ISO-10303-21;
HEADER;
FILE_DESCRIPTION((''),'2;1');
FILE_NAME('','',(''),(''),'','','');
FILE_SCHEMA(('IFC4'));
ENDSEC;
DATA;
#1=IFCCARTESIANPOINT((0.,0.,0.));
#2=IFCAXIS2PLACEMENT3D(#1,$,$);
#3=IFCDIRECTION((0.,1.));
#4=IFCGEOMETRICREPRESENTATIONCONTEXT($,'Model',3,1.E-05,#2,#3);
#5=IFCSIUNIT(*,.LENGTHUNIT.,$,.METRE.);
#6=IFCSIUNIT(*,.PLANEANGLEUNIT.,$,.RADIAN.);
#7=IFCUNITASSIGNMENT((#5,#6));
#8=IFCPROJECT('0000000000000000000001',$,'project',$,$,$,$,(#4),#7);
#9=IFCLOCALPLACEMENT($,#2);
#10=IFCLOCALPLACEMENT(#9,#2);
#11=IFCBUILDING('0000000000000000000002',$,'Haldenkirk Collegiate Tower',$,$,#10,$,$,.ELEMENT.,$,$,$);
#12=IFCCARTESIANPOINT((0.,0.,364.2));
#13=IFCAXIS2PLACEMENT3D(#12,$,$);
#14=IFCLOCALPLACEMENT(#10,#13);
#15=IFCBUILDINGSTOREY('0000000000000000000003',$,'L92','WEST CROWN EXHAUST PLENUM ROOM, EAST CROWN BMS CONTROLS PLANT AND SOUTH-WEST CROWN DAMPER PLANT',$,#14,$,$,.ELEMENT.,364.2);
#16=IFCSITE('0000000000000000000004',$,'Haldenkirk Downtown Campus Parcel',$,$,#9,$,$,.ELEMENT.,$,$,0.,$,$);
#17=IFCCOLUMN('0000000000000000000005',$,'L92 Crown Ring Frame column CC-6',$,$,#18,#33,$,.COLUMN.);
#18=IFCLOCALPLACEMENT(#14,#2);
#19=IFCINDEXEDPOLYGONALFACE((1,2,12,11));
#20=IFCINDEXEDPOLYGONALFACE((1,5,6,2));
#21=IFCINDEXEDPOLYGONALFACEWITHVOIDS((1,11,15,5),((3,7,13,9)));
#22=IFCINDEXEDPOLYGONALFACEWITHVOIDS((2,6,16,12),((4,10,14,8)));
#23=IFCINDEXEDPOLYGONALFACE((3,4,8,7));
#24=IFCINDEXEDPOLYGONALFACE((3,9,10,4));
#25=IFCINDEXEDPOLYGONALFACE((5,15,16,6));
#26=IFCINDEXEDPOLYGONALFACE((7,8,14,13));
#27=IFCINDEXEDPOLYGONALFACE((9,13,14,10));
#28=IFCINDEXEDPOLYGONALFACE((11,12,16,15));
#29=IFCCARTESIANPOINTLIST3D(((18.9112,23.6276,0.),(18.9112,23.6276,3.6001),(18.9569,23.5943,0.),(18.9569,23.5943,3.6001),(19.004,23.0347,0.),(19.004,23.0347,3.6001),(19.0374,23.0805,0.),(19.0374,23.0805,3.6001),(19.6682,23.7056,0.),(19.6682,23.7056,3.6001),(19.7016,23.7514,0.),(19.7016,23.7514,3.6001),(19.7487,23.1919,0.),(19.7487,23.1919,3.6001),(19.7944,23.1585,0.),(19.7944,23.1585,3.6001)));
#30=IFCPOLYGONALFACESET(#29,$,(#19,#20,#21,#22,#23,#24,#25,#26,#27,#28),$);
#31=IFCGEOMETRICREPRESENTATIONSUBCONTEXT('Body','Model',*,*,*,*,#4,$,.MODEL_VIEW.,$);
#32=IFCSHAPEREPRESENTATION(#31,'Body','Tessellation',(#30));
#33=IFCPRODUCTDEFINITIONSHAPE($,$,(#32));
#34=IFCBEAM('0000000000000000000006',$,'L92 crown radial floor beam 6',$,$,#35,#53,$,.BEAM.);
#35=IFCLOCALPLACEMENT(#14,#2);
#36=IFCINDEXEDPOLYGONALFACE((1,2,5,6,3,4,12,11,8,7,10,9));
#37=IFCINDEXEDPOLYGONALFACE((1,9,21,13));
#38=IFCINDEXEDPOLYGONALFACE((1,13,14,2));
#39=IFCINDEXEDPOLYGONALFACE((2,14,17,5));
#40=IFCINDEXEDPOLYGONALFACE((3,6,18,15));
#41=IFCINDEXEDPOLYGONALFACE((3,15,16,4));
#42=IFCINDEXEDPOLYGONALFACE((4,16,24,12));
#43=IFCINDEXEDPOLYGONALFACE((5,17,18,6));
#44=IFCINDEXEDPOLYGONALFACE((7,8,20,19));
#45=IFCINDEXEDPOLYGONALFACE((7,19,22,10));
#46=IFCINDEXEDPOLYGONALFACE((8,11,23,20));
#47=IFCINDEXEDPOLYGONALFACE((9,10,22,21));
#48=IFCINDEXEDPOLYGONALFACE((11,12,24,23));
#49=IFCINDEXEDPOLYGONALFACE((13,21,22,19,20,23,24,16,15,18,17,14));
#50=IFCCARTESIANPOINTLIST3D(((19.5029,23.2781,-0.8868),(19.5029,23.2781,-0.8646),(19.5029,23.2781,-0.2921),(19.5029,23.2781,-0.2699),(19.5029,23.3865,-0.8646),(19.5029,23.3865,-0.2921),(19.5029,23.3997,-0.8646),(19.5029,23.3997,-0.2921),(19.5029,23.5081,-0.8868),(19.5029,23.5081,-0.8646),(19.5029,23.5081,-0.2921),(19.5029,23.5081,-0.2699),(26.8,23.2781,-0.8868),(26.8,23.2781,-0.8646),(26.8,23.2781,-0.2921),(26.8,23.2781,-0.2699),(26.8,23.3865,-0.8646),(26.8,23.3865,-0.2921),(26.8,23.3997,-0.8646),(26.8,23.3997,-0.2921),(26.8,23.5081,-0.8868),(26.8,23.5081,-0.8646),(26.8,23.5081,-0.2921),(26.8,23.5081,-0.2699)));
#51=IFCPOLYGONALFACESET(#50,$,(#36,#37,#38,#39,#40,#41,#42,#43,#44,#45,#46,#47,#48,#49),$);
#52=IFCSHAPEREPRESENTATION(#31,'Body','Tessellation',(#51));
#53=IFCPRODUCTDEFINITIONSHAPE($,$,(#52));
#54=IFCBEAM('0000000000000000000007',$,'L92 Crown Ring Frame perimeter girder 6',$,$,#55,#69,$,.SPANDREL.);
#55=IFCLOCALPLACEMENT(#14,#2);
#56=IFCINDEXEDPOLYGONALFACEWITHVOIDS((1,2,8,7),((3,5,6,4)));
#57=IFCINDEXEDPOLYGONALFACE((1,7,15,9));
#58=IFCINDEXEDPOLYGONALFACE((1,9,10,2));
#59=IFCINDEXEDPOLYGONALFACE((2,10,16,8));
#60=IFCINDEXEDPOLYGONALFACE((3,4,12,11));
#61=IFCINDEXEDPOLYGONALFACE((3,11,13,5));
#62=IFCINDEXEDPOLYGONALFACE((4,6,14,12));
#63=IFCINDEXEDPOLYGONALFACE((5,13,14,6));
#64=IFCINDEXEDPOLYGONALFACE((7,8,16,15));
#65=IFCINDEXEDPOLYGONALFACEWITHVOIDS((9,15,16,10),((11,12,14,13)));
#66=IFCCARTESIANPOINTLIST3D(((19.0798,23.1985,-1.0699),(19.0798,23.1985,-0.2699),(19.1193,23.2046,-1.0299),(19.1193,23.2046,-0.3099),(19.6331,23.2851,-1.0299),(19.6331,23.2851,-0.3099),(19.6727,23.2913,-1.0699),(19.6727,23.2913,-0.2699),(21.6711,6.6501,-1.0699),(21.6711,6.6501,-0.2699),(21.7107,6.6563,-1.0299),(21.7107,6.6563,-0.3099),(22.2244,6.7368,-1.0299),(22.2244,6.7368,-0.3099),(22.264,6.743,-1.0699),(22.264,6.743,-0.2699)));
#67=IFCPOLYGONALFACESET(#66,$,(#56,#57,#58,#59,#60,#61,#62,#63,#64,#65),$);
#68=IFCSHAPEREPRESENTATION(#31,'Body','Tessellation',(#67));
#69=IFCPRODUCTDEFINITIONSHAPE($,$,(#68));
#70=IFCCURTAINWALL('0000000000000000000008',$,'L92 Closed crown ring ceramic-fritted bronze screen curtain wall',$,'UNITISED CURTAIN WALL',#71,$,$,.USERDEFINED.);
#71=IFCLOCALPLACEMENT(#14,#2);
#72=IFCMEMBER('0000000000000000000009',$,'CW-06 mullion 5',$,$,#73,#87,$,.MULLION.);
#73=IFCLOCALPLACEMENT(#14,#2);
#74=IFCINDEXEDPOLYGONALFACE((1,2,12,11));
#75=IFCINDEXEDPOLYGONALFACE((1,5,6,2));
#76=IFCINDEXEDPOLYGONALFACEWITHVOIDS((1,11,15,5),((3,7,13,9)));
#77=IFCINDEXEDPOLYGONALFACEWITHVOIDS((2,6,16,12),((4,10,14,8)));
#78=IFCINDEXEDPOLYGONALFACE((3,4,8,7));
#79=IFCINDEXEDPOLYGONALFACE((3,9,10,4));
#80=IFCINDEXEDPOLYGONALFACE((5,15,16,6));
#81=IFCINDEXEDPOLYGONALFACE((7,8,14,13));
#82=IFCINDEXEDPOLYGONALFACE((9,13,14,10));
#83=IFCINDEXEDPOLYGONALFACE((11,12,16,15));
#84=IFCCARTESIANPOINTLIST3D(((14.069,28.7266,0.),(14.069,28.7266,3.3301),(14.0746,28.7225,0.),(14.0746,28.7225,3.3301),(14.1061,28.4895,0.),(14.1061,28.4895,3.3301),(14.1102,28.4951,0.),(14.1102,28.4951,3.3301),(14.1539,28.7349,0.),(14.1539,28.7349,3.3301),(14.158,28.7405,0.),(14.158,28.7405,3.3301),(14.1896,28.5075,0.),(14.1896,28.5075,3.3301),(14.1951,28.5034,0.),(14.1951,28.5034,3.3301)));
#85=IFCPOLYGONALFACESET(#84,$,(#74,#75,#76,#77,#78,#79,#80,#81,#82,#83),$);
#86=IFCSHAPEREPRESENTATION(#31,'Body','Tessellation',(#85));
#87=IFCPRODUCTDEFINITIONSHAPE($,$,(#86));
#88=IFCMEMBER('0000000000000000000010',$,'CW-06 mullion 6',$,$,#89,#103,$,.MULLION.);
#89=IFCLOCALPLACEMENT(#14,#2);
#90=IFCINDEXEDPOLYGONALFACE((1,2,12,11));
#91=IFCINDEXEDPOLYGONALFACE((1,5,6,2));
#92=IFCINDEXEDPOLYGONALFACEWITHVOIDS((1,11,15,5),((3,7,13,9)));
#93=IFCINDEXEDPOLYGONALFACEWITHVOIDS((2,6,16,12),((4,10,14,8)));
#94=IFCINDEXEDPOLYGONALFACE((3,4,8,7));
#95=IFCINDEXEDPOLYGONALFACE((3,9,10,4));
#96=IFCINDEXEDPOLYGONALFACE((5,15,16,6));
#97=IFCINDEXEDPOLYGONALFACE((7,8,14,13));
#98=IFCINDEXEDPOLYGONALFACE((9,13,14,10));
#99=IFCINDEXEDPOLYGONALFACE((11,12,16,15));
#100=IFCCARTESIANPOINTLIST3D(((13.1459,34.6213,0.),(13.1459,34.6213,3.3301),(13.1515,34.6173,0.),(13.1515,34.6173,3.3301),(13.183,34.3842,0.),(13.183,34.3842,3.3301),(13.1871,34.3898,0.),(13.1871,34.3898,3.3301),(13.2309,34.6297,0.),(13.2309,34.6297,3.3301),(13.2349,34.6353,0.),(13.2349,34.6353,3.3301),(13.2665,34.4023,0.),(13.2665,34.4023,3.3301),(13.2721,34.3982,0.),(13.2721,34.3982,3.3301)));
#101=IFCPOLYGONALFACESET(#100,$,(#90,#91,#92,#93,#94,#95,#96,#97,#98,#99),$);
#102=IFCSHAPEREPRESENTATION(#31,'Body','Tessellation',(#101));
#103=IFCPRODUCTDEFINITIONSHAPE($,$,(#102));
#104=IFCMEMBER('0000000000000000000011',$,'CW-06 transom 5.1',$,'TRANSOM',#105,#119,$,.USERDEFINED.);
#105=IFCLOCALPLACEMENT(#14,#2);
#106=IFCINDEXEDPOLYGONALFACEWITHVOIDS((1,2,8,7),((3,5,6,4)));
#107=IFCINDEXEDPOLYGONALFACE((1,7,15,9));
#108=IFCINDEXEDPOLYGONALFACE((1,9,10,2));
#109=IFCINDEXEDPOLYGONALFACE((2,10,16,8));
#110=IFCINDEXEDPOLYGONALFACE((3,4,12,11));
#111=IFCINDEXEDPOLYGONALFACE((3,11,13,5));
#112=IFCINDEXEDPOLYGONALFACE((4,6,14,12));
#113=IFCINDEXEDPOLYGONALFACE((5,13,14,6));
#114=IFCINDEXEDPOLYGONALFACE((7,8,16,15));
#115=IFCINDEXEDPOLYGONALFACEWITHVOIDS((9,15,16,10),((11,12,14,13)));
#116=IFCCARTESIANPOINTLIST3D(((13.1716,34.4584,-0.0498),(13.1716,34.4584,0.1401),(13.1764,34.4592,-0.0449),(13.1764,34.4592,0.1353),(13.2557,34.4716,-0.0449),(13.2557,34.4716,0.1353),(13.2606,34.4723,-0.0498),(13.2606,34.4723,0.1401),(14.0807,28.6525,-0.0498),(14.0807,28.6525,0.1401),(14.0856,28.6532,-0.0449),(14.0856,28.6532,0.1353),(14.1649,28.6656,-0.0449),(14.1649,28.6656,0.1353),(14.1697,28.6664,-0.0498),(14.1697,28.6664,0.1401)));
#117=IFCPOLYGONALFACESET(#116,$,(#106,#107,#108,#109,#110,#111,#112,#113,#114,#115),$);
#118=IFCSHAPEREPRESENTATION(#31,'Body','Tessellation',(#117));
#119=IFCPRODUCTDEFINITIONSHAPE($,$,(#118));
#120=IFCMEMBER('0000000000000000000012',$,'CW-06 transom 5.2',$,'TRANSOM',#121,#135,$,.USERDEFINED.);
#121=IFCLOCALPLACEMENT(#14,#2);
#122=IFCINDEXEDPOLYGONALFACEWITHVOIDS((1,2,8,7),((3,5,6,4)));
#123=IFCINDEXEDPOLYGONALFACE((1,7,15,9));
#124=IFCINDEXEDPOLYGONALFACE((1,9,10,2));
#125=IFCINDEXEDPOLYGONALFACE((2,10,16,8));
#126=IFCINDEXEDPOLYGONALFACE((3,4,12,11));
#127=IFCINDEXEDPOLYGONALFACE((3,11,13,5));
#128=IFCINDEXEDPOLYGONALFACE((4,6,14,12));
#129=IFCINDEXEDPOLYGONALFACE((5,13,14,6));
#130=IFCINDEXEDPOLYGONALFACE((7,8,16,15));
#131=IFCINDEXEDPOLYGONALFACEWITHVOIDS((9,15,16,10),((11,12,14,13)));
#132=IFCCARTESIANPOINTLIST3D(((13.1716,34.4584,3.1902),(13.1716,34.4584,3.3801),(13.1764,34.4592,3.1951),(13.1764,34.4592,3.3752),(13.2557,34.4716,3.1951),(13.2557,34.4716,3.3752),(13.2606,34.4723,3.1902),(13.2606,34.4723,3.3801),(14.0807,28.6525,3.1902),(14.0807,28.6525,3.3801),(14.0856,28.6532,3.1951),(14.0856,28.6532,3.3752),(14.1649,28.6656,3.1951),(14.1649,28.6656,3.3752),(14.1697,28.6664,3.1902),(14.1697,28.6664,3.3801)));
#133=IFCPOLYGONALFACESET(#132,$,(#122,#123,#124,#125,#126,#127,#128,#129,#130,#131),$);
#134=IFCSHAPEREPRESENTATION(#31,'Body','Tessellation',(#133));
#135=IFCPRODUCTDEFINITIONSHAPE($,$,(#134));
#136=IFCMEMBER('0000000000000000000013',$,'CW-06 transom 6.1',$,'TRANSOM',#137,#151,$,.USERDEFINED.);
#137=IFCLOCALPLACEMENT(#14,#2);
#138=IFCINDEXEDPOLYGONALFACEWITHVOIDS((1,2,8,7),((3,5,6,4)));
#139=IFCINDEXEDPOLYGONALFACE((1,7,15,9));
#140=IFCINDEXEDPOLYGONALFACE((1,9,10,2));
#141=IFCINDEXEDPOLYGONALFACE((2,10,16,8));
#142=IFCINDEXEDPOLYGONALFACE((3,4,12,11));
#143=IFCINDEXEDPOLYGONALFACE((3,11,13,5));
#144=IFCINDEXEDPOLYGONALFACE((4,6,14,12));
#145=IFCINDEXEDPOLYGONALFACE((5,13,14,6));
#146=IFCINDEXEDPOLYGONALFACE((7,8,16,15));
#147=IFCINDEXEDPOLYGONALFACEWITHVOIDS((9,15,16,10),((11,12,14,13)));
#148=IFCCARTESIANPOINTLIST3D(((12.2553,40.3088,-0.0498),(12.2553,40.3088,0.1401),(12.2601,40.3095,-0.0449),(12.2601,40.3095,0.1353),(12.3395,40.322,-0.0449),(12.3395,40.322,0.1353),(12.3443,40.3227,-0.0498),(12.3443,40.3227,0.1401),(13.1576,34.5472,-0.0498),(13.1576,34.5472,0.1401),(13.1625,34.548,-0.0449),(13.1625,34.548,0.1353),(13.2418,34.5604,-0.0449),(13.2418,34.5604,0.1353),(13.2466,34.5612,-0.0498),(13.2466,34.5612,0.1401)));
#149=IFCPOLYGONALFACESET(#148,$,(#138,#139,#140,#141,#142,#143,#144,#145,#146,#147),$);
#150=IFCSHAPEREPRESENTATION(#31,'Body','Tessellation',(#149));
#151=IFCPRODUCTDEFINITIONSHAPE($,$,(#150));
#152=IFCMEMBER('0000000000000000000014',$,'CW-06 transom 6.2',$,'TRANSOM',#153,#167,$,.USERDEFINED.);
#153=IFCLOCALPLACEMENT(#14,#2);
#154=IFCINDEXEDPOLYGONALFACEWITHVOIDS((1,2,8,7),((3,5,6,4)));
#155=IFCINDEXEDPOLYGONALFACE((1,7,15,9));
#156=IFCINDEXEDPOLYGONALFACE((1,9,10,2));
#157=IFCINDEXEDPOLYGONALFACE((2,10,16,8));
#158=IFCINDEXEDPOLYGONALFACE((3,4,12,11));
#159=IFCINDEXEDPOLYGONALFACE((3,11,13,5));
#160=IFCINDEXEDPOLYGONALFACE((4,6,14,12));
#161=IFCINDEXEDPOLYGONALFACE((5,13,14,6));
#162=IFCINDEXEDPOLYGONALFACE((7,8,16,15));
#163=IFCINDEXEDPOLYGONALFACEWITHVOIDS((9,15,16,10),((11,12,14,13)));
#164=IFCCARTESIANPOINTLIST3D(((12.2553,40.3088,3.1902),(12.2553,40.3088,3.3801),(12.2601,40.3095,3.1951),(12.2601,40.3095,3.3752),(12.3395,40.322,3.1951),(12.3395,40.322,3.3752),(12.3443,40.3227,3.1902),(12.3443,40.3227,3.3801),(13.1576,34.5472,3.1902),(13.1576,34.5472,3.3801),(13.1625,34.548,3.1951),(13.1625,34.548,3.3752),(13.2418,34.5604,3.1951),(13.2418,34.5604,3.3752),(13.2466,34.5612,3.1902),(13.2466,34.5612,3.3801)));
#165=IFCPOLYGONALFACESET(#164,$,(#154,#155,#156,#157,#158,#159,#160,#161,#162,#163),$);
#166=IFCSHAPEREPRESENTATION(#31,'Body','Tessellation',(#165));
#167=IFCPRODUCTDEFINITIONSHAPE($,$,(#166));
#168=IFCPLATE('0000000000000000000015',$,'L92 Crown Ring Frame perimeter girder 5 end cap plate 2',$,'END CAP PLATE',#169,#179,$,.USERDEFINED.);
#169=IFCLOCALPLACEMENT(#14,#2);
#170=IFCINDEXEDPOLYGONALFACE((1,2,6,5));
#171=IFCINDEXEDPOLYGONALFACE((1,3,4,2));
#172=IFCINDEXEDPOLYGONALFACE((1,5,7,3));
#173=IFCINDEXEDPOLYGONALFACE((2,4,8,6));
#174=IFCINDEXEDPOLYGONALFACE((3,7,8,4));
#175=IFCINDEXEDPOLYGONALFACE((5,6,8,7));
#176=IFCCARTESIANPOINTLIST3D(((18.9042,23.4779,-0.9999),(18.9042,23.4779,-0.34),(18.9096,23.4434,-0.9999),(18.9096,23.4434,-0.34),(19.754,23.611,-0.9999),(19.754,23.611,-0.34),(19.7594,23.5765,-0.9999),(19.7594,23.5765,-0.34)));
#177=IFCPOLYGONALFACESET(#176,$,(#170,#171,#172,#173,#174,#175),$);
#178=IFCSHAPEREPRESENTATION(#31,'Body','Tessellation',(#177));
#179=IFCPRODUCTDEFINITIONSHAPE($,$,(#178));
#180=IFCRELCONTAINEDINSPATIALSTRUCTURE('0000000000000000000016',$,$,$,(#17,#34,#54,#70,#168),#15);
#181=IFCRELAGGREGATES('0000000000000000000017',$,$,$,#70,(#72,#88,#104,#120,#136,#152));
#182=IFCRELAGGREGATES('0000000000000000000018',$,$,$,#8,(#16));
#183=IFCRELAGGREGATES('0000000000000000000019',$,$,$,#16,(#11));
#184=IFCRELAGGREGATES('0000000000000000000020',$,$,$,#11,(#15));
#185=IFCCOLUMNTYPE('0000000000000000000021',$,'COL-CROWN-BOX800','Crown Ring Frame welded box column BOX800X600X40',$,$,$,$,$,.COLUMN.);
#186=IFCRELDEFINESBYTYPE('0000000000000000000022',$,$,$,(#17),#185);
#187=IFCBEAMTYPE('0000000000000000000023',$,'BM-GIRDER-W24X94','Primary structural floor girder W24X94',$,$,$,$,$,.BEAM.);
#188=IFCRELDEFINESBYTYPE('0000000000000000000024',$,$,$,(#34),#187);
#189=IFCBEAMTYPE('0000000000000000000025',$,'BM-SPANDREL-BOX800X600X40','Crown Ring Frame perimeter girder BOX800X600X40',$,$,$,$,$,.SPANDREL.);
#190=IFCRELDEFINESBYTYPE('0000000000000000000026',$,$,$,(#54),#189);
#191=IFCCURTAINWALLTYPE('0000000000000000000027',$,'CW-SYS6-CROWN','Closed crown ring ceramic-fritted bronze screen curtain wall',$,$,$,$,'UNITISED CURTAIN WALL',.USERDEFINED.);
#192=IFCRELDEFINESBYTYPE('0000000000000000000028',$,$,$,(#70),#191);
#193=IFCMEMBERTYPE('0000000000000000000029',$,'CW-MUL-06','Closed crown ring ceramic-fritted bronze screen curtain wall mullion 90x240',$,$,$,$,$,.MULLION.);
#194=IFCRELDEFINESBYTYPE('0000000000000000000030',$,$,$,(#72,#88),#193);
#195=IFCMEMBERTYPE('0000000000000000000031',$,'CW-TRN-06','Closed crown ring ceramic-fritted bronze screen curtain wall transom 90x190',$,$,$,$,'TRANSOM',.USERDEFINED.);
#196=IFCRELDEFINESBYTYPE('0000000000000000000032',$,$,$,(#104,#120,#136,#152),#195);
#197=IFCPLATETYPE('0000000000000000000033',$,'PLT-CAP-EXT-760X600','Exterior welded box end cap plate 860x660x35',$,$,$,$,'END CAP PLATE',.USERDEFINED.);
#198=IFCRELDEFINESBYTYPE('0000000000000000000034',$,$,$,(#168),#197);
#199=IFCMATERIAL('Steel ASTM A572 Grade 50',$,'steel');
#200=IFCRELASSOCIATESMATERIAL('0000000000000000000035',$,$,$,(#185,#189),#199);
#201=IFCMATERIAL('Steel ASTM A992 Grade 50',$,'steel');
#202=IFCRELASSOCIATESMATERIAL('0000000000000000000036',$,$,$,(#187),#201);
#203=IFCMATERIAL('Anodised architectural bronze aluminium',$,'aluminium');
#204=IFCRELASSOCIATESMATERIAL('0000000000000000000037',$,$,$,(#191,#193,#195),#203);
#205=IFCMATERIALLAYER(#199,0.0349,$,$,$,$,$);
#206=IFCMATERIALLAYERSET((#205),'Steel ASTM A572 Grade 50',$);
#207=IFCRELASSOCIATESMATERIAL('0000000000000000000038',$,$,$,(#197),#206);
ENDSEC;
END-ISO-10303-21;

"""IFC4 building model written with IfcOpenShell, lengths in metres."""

from ifc_helpers import new_model, si_unit, direction, frame, origin, origin_2d, place, context, subcontext, project, spatial, rectangle, hollow_rectangle, i_section, extrude, source, transform, mapped, material, layer, layer_set, material_profile, profile_set, type_object, element, aggregate, save


model = new_model("IFC4")

# Units and contexts
model_context = context("Model", 3, precision=1e-05, world=origin(), true_north=direction((0.0, 1.0)))
body_context = subcontext(model_context, "Body", "Model", "MODEL_VIEW")
ifc_project = project(units=[si_unit("LENGTHUNIT", "METRE"), si_unit("PLANEANGLEUNIT", "RADIAN")], contexts=[model_context])

# Site, building, storey
site_placement = place(None, origin())
site = spatial("IfcSite", under=ifc_project, at=site_placement, Name="Haldenkirk Downtown Campus Parcel", CompositionType="ELEMENT", RefElevation=0.0)
building_placement = place(site_placement, origin())
building = spatial("IfcBuilding", under=site, at=building_placement, Name="Haldenkirk Collegiate Tower", CompositionType="ELEMENT")
storey_placement = place(building_placement, frame((0.0, 0.0, 364.2)))
storey = spatial("IfcBuildingStorey", under=building, at=storey_placement, Name="L92", Description="WEST CROWN EXHAUST PLENUM ROOM, EAST CROWN BMS CONTROLS PLANT AND SOUTH-WEST CROWN DAMPER PLANT", CompositionType="ELEMENT", Elevation=364.2)

# Column
ifc_material_1 = material(Name="Steel ASTM A572 Grade 50", Category="steel")
ifc_material_profile_1 = material_profile(ifc_material_1, hollow_rectangle(XDim=0.6001, YDim=0.8, WallThickness=0.04, at=origin_2d()), Name="BOX800X600X40")
ifc_profile_set_1 = profile_set([ifc_material_profile_1], Name="Steel ASTM A572 Grade 50")
column_type = type_object("IfcColumnType", Name="COL-CROWN-BOX800", Description="Crown Ring Frame welded box column BOX800X600X40", PredefinedType="COLUMN", material=ifc_profile_set_1)
column_placement = place(storey_placement, frame((19.3528, 23.3931, 0.0), z_axis=(0.0, 0.0, 1.0), x_axis=(-0.15471, 0.98796, 0.0)))
element("IfcColumn", 1, at=column_placement, inside=storey, type_object=column_type, Name="L92 Crown Ring Frame column CC-6", PredefinedType="COLUMN", context=body_context, shape_type="SweptSolid", body=[
    extrude(hollow_rectangle(XDim=0.6001, YDim=0.8, WallThickness=0.04, at=origin_2d()), origin(), (0.0, 0.0, 1.0), 3.6001),
])

# Beams
ifc_material_2 = material(Name="Steel ASTM A992 Grade 50", Category="steel")
ifc_material_profile_2 = material_profile(ifc_material_2, i_section(OverallWidth=0.23, OverallDepth=0.6169, WebThickness=0.0132, FlangeThickness=0.0222, at=origin_2d()), Name="W24X94")
ifc_profile_set_2 = profile_set([ifc_material_profile_2], Name="Steel ASTM A992 Grade 50")
beam_type_1 = type_object("IfcBeamType", Name="BM-GIRDER-W24X94", Description="Primary structural floor girder W24X94", PredefinedType="BEAM", material=ifc_profile_set_2)
beam_1_placement = place(storey_placement, frame((19.5029, 23.3931, -0.5784), z_axis=(1.0, 0.0, 0.0), x_axis=(0.0, 1.0, 0.0)))
element("IfcBeam", 2, at=beam_1_placement, inside=storey, type_object=beam_type_1, Name="L92 crown radial floor beam 6", PredefinedType="BEAM", context=body_context, shape_type="SweptSolid", body=[
    extrude(i_section(OverallWidth=0.23, OverallDepth=0.6169, WebThickness=0.0132, FlangeThickness=0.0222, at=origin_2d()), origin(), (0.0, 0.0, 1.0), 7.2971),
])
ifc_material_profile_3 = material_profile(ifc_material_1, hollow_rectangle(XDim=0.6001, YDim=0.8, WallThickness=0.04, at=origin_2d()), Name="BOX800X600X40")
ifc_profile_set_3 = profile_set([ifc_material_profile_3], Name="Steel ASTM A572 Grade 50")
beam_type_2 = type_object("IfcBeamType", Name="BM-SPANDREL-BOX800X600X40", Description="Crown Ring Frame perimeter girder BOX800X600X40", PredefinedType="SPANDREL", material=ifc_profile_set_3)
beam_2_placement = place(storey_placement, frame((19.3762, 23.2449, -0.6699), z_axis=(0.154705, -0.987961, 0.0), x_axis=(0.987961, 0.154705, 0.0)))
element("IfcBeam", 3, at=beam_2_placement, inside=storey, type_object=beam_type_2, Name="L92 Crown Ring Frame perimeter girder 6", PredefinedType="SPANDREL", context=body_context, shape_type="SweptSolid", body=[
    extrude(hollow_rectangle(XDim=0.6001, YDim=0.8, WallThickness=0.04, at=origin_2d()), origin(), (0.0, 0.0, 1.0), 16.75),
])

# Curtain wall, members
ifc_material_3 = material(Name="Anodised architectural bronze aluminium", Category="aluminium")
curtain_wall_type = type_object("IfcCurtainWallType", Name="CW-SYS6-CROWN", Description="Closed crown ring ceramic-fritted bronze screen curtain wall", ElementType="UNITISED CURTAIN WALL", PredefinedType="USERDEFINED", material=ifc_material_3)
curtain_wall_placement = place(storey_placement, origin())
curtain_wall = element("IfcCurtainWall", 4, at=curtain_wall_placement, inside=storey, type_object=curtain_wall_type, Name="L92 Closed crown ring ceramic-fritted bronze screen curtain wall", ObjectType="UNITISED CURTAIN WALL", PredefinedType="USERDEFINED")
ifc_material_profile_4 = material_profile(ifc_material_3, hollow_rectangle(XDim=0.0901, YDim=0.24, WallThickness=0.0049, at=origin_2d()), Name="CW-MUL-06")
ifc_profile_set_4 = profile_set([ifc_material_profile_4], Name="Anodised architectural bronze aluminium")
member_type_1 = type_object("IfcMemberType", Name="CW-MUL-06", Description="Closed crown ring ceramic-fritted bronze screen curtain wall mullion 90x240", PredefinedType="MULLION", material=ifc_profile_set_4)
member_1_placement = place(storey_placement, frame((14.1321, 28.615, 0.0), z_axis=(0.0, 0.0, 1.0), x_axis=(-0.98796, -0.154713, 0.0)))
member_1 = element("IfcMember", 5, at=member_1_placement, type_object=member_type_1, Name="CW-06 mullion 5", PredefinedType="MULLION", context=body_context, shape_type="SweptSolid", body=[
    extrude(hollow_rectangle(XDim=0.0901, YDim=0.24, WallThickness=0.0049, at=origin_2d()), origin(), (0.0, 0.0, 1.0), 3.3301),
])
member_2_placement = place(storey_placement, frame((13.209, 34.5098, 0.0), z_axis=(0.0, 0.0, 1.0), x_axis=(-0.98796, -0.154713, 0.0)))
member_2 = element("IfcMember", 6, at=member_2_placement, type_object=member_type_1, Name="CW-06 mullion 6", PredefinedType="MULLION", context=body_context, shape_type="SweptSolid", body=[
    extrude(hollow_rectangle(XDim=0.0901, YDim=0.24, WallThickness=0.0049, at=origin_2d()), origin(), (0.0, 0.0, 1.0), 3.3301),
])
ifc_material_profile_5 = material_profile(ifc_material_3, hollow_rectangle(XDim=0.0901, YDim=0.1899, WallThickness=0.0049, at=origin_2d()), Name="CW-TRN-06")
ifc_profile_set_5 = profile_set([ifc_material_profile_5], Name="Anodised architectural bronze aluminium")
member_type_2 = type_object("IfcMemberType", Name="CW-TRN-06", Description="Closed crown ring ceramic-fritted bronze screen curtain wall transom 90x190", ElementType="TRANSOM", PredefinedType="USERDEFINED", material=ifc_profile_set_5)
member_3_placement = place(storey_placement, frame((14.1252, 28.6594, 0.0452), z_axis=(-0.15471, 0.98796, 0.0), x_axis=(-0.98796, -0.15471, 0.0)))
member_3 = element("IfcMember", 7, at=member_3_placement, type_object=member_type_2, Name="CW-06 transom 5.1", ObjectType="TRANSOM", PredefinedType="USERDEFINED", context=body_context, shape_type="SweptSolid", body=[
    extrude(hollow_rectangle(XDim=0.0901, YDim=0.1899, WallThickness=0.0049, at=origin_2d()), origin(), (0.0, 0.0, 1.0), 5.8767),
])
member_4_placement = place(storey_placement, frame((14.1252, 28.6594, 3.2852), z_axis=(-0.15471, 0.98796, 0.0), x_axis=(-0.98796, -0.15471, 0.0)))
member_4 = element("IfcMember", 8, at=member_4_placement, type_object=member_type_2, Name="CW-06 transom 5.2", ObjectType="TRANSOM", PredefinedType="USERDEFINED", context=body_context, shape_type="SweptSolid", body=[
    extrude(hollow_rectangle(XDim=0.0901, YDim=0.1899, WallThickness=0.0049, at=origin_2d()), origin(), (0.0, 0.0, 1.0), 5.8767),
])
member_5_placement = place(storey_placement, frame((13.2021, 34.5542, 0.0452), z_axis=(-0.154731, 0.987957, 0.0), x_axis=(-0.987957, -0.154731, 0.0)))
member_5 = element("IfcMember", 9, at=member_5_placement, type_object=member_type_2, Name="CW-06 transom 6.1", ObjectType="TRANSOM", PredefinedType="USERDEFINED", context=body_context, shape_type="SweptSolid", body=[
    extrude(hollow_rectangle(XDim=0.0901, YDim=0.1899, WallThickness=0.0049, at=origin_2d()), origin(), (0.0, 0.0, 1.0), 5.8318),
])
member_6_placement = place(storey_placement, frame((13.2021, 34.5542, 3.2852), z_axis=(-0.154731, 0.987957, 0.0), x_axis=(-0.987957, -0.154731, 0.0)))
member_6 = element("IfcMember", 10, at=member_6_placement, type_object=member_type_2, Name="CW-06 transom 6.2", ObjectType="TRANSOM", PredefinedType="USERDEFINED", context=body_context, shape_type="SweptSolid", body=[
    extrude(hollow_rectangle(XDim=0.0901, YDim=0.1899, WallThickness=0.0049, at=origin_2d()), origin(), (0.0, 0.0, 1.0), 5.8318),
])

# Plate
ifc_layer_1 = layer(ifc_material_1, 0.0349)
ifc_layer_set_1 = layer_set([ifc_layer_1], Name="Steel ASTM A572 Grade 50")
plate_type_1 = type_object("IfcPlateType", Name="PLT-CAP-EXT-760X600", Description="Exterior welded box end cap plate 860x660x35", ElementType="END CAP PLATE", PredefinedType="USERDEFINED", material=ifc_layer_set_1)
shared_shape_1 = source(origin(), body_context, "Body", "SweptSolid", [
    extrude(rectangle(XDim=0.8601, YDim=0.6599, at=origin_2d()), origin(), (0.0, 0.0, 1.0), 0.0349),
])
for number, where, z_axis, x_axis, name in (
    (11, (19.3291, 23.5444, -0.6699), (0.154711, -0.98796, 0.0), (0.98796, 0.154711, 0.0), "L92 Crown Ring Frame perimeter girder 5 end cap plate 2"),
):
    element("IfcPlate", number, at=place(storey_placement, frame(where, z_axis=z_axis, x_axis=x_axis)), inside=storey, type_object=plate_type_1, Name=name, ObjectType="END CAP PLATE", PredefinedType="USERDEFINED", context=body_context, shape_type="MappedRepresentation", body=[
        mapped(shared_shape_1, transform((0.0, 0.0, 0.0), x_axis=(1.0, 0.0, 0.0), y_axis=(0.0, 1.0, 0.0), z_axis=(0.0, 0.0, 1.0), scale=1.0)),
    ])

aggregate(curtain_wall, [member_1, member_2, member_3, member_4, member_5, member_6])

save(model, "model.ifc")
